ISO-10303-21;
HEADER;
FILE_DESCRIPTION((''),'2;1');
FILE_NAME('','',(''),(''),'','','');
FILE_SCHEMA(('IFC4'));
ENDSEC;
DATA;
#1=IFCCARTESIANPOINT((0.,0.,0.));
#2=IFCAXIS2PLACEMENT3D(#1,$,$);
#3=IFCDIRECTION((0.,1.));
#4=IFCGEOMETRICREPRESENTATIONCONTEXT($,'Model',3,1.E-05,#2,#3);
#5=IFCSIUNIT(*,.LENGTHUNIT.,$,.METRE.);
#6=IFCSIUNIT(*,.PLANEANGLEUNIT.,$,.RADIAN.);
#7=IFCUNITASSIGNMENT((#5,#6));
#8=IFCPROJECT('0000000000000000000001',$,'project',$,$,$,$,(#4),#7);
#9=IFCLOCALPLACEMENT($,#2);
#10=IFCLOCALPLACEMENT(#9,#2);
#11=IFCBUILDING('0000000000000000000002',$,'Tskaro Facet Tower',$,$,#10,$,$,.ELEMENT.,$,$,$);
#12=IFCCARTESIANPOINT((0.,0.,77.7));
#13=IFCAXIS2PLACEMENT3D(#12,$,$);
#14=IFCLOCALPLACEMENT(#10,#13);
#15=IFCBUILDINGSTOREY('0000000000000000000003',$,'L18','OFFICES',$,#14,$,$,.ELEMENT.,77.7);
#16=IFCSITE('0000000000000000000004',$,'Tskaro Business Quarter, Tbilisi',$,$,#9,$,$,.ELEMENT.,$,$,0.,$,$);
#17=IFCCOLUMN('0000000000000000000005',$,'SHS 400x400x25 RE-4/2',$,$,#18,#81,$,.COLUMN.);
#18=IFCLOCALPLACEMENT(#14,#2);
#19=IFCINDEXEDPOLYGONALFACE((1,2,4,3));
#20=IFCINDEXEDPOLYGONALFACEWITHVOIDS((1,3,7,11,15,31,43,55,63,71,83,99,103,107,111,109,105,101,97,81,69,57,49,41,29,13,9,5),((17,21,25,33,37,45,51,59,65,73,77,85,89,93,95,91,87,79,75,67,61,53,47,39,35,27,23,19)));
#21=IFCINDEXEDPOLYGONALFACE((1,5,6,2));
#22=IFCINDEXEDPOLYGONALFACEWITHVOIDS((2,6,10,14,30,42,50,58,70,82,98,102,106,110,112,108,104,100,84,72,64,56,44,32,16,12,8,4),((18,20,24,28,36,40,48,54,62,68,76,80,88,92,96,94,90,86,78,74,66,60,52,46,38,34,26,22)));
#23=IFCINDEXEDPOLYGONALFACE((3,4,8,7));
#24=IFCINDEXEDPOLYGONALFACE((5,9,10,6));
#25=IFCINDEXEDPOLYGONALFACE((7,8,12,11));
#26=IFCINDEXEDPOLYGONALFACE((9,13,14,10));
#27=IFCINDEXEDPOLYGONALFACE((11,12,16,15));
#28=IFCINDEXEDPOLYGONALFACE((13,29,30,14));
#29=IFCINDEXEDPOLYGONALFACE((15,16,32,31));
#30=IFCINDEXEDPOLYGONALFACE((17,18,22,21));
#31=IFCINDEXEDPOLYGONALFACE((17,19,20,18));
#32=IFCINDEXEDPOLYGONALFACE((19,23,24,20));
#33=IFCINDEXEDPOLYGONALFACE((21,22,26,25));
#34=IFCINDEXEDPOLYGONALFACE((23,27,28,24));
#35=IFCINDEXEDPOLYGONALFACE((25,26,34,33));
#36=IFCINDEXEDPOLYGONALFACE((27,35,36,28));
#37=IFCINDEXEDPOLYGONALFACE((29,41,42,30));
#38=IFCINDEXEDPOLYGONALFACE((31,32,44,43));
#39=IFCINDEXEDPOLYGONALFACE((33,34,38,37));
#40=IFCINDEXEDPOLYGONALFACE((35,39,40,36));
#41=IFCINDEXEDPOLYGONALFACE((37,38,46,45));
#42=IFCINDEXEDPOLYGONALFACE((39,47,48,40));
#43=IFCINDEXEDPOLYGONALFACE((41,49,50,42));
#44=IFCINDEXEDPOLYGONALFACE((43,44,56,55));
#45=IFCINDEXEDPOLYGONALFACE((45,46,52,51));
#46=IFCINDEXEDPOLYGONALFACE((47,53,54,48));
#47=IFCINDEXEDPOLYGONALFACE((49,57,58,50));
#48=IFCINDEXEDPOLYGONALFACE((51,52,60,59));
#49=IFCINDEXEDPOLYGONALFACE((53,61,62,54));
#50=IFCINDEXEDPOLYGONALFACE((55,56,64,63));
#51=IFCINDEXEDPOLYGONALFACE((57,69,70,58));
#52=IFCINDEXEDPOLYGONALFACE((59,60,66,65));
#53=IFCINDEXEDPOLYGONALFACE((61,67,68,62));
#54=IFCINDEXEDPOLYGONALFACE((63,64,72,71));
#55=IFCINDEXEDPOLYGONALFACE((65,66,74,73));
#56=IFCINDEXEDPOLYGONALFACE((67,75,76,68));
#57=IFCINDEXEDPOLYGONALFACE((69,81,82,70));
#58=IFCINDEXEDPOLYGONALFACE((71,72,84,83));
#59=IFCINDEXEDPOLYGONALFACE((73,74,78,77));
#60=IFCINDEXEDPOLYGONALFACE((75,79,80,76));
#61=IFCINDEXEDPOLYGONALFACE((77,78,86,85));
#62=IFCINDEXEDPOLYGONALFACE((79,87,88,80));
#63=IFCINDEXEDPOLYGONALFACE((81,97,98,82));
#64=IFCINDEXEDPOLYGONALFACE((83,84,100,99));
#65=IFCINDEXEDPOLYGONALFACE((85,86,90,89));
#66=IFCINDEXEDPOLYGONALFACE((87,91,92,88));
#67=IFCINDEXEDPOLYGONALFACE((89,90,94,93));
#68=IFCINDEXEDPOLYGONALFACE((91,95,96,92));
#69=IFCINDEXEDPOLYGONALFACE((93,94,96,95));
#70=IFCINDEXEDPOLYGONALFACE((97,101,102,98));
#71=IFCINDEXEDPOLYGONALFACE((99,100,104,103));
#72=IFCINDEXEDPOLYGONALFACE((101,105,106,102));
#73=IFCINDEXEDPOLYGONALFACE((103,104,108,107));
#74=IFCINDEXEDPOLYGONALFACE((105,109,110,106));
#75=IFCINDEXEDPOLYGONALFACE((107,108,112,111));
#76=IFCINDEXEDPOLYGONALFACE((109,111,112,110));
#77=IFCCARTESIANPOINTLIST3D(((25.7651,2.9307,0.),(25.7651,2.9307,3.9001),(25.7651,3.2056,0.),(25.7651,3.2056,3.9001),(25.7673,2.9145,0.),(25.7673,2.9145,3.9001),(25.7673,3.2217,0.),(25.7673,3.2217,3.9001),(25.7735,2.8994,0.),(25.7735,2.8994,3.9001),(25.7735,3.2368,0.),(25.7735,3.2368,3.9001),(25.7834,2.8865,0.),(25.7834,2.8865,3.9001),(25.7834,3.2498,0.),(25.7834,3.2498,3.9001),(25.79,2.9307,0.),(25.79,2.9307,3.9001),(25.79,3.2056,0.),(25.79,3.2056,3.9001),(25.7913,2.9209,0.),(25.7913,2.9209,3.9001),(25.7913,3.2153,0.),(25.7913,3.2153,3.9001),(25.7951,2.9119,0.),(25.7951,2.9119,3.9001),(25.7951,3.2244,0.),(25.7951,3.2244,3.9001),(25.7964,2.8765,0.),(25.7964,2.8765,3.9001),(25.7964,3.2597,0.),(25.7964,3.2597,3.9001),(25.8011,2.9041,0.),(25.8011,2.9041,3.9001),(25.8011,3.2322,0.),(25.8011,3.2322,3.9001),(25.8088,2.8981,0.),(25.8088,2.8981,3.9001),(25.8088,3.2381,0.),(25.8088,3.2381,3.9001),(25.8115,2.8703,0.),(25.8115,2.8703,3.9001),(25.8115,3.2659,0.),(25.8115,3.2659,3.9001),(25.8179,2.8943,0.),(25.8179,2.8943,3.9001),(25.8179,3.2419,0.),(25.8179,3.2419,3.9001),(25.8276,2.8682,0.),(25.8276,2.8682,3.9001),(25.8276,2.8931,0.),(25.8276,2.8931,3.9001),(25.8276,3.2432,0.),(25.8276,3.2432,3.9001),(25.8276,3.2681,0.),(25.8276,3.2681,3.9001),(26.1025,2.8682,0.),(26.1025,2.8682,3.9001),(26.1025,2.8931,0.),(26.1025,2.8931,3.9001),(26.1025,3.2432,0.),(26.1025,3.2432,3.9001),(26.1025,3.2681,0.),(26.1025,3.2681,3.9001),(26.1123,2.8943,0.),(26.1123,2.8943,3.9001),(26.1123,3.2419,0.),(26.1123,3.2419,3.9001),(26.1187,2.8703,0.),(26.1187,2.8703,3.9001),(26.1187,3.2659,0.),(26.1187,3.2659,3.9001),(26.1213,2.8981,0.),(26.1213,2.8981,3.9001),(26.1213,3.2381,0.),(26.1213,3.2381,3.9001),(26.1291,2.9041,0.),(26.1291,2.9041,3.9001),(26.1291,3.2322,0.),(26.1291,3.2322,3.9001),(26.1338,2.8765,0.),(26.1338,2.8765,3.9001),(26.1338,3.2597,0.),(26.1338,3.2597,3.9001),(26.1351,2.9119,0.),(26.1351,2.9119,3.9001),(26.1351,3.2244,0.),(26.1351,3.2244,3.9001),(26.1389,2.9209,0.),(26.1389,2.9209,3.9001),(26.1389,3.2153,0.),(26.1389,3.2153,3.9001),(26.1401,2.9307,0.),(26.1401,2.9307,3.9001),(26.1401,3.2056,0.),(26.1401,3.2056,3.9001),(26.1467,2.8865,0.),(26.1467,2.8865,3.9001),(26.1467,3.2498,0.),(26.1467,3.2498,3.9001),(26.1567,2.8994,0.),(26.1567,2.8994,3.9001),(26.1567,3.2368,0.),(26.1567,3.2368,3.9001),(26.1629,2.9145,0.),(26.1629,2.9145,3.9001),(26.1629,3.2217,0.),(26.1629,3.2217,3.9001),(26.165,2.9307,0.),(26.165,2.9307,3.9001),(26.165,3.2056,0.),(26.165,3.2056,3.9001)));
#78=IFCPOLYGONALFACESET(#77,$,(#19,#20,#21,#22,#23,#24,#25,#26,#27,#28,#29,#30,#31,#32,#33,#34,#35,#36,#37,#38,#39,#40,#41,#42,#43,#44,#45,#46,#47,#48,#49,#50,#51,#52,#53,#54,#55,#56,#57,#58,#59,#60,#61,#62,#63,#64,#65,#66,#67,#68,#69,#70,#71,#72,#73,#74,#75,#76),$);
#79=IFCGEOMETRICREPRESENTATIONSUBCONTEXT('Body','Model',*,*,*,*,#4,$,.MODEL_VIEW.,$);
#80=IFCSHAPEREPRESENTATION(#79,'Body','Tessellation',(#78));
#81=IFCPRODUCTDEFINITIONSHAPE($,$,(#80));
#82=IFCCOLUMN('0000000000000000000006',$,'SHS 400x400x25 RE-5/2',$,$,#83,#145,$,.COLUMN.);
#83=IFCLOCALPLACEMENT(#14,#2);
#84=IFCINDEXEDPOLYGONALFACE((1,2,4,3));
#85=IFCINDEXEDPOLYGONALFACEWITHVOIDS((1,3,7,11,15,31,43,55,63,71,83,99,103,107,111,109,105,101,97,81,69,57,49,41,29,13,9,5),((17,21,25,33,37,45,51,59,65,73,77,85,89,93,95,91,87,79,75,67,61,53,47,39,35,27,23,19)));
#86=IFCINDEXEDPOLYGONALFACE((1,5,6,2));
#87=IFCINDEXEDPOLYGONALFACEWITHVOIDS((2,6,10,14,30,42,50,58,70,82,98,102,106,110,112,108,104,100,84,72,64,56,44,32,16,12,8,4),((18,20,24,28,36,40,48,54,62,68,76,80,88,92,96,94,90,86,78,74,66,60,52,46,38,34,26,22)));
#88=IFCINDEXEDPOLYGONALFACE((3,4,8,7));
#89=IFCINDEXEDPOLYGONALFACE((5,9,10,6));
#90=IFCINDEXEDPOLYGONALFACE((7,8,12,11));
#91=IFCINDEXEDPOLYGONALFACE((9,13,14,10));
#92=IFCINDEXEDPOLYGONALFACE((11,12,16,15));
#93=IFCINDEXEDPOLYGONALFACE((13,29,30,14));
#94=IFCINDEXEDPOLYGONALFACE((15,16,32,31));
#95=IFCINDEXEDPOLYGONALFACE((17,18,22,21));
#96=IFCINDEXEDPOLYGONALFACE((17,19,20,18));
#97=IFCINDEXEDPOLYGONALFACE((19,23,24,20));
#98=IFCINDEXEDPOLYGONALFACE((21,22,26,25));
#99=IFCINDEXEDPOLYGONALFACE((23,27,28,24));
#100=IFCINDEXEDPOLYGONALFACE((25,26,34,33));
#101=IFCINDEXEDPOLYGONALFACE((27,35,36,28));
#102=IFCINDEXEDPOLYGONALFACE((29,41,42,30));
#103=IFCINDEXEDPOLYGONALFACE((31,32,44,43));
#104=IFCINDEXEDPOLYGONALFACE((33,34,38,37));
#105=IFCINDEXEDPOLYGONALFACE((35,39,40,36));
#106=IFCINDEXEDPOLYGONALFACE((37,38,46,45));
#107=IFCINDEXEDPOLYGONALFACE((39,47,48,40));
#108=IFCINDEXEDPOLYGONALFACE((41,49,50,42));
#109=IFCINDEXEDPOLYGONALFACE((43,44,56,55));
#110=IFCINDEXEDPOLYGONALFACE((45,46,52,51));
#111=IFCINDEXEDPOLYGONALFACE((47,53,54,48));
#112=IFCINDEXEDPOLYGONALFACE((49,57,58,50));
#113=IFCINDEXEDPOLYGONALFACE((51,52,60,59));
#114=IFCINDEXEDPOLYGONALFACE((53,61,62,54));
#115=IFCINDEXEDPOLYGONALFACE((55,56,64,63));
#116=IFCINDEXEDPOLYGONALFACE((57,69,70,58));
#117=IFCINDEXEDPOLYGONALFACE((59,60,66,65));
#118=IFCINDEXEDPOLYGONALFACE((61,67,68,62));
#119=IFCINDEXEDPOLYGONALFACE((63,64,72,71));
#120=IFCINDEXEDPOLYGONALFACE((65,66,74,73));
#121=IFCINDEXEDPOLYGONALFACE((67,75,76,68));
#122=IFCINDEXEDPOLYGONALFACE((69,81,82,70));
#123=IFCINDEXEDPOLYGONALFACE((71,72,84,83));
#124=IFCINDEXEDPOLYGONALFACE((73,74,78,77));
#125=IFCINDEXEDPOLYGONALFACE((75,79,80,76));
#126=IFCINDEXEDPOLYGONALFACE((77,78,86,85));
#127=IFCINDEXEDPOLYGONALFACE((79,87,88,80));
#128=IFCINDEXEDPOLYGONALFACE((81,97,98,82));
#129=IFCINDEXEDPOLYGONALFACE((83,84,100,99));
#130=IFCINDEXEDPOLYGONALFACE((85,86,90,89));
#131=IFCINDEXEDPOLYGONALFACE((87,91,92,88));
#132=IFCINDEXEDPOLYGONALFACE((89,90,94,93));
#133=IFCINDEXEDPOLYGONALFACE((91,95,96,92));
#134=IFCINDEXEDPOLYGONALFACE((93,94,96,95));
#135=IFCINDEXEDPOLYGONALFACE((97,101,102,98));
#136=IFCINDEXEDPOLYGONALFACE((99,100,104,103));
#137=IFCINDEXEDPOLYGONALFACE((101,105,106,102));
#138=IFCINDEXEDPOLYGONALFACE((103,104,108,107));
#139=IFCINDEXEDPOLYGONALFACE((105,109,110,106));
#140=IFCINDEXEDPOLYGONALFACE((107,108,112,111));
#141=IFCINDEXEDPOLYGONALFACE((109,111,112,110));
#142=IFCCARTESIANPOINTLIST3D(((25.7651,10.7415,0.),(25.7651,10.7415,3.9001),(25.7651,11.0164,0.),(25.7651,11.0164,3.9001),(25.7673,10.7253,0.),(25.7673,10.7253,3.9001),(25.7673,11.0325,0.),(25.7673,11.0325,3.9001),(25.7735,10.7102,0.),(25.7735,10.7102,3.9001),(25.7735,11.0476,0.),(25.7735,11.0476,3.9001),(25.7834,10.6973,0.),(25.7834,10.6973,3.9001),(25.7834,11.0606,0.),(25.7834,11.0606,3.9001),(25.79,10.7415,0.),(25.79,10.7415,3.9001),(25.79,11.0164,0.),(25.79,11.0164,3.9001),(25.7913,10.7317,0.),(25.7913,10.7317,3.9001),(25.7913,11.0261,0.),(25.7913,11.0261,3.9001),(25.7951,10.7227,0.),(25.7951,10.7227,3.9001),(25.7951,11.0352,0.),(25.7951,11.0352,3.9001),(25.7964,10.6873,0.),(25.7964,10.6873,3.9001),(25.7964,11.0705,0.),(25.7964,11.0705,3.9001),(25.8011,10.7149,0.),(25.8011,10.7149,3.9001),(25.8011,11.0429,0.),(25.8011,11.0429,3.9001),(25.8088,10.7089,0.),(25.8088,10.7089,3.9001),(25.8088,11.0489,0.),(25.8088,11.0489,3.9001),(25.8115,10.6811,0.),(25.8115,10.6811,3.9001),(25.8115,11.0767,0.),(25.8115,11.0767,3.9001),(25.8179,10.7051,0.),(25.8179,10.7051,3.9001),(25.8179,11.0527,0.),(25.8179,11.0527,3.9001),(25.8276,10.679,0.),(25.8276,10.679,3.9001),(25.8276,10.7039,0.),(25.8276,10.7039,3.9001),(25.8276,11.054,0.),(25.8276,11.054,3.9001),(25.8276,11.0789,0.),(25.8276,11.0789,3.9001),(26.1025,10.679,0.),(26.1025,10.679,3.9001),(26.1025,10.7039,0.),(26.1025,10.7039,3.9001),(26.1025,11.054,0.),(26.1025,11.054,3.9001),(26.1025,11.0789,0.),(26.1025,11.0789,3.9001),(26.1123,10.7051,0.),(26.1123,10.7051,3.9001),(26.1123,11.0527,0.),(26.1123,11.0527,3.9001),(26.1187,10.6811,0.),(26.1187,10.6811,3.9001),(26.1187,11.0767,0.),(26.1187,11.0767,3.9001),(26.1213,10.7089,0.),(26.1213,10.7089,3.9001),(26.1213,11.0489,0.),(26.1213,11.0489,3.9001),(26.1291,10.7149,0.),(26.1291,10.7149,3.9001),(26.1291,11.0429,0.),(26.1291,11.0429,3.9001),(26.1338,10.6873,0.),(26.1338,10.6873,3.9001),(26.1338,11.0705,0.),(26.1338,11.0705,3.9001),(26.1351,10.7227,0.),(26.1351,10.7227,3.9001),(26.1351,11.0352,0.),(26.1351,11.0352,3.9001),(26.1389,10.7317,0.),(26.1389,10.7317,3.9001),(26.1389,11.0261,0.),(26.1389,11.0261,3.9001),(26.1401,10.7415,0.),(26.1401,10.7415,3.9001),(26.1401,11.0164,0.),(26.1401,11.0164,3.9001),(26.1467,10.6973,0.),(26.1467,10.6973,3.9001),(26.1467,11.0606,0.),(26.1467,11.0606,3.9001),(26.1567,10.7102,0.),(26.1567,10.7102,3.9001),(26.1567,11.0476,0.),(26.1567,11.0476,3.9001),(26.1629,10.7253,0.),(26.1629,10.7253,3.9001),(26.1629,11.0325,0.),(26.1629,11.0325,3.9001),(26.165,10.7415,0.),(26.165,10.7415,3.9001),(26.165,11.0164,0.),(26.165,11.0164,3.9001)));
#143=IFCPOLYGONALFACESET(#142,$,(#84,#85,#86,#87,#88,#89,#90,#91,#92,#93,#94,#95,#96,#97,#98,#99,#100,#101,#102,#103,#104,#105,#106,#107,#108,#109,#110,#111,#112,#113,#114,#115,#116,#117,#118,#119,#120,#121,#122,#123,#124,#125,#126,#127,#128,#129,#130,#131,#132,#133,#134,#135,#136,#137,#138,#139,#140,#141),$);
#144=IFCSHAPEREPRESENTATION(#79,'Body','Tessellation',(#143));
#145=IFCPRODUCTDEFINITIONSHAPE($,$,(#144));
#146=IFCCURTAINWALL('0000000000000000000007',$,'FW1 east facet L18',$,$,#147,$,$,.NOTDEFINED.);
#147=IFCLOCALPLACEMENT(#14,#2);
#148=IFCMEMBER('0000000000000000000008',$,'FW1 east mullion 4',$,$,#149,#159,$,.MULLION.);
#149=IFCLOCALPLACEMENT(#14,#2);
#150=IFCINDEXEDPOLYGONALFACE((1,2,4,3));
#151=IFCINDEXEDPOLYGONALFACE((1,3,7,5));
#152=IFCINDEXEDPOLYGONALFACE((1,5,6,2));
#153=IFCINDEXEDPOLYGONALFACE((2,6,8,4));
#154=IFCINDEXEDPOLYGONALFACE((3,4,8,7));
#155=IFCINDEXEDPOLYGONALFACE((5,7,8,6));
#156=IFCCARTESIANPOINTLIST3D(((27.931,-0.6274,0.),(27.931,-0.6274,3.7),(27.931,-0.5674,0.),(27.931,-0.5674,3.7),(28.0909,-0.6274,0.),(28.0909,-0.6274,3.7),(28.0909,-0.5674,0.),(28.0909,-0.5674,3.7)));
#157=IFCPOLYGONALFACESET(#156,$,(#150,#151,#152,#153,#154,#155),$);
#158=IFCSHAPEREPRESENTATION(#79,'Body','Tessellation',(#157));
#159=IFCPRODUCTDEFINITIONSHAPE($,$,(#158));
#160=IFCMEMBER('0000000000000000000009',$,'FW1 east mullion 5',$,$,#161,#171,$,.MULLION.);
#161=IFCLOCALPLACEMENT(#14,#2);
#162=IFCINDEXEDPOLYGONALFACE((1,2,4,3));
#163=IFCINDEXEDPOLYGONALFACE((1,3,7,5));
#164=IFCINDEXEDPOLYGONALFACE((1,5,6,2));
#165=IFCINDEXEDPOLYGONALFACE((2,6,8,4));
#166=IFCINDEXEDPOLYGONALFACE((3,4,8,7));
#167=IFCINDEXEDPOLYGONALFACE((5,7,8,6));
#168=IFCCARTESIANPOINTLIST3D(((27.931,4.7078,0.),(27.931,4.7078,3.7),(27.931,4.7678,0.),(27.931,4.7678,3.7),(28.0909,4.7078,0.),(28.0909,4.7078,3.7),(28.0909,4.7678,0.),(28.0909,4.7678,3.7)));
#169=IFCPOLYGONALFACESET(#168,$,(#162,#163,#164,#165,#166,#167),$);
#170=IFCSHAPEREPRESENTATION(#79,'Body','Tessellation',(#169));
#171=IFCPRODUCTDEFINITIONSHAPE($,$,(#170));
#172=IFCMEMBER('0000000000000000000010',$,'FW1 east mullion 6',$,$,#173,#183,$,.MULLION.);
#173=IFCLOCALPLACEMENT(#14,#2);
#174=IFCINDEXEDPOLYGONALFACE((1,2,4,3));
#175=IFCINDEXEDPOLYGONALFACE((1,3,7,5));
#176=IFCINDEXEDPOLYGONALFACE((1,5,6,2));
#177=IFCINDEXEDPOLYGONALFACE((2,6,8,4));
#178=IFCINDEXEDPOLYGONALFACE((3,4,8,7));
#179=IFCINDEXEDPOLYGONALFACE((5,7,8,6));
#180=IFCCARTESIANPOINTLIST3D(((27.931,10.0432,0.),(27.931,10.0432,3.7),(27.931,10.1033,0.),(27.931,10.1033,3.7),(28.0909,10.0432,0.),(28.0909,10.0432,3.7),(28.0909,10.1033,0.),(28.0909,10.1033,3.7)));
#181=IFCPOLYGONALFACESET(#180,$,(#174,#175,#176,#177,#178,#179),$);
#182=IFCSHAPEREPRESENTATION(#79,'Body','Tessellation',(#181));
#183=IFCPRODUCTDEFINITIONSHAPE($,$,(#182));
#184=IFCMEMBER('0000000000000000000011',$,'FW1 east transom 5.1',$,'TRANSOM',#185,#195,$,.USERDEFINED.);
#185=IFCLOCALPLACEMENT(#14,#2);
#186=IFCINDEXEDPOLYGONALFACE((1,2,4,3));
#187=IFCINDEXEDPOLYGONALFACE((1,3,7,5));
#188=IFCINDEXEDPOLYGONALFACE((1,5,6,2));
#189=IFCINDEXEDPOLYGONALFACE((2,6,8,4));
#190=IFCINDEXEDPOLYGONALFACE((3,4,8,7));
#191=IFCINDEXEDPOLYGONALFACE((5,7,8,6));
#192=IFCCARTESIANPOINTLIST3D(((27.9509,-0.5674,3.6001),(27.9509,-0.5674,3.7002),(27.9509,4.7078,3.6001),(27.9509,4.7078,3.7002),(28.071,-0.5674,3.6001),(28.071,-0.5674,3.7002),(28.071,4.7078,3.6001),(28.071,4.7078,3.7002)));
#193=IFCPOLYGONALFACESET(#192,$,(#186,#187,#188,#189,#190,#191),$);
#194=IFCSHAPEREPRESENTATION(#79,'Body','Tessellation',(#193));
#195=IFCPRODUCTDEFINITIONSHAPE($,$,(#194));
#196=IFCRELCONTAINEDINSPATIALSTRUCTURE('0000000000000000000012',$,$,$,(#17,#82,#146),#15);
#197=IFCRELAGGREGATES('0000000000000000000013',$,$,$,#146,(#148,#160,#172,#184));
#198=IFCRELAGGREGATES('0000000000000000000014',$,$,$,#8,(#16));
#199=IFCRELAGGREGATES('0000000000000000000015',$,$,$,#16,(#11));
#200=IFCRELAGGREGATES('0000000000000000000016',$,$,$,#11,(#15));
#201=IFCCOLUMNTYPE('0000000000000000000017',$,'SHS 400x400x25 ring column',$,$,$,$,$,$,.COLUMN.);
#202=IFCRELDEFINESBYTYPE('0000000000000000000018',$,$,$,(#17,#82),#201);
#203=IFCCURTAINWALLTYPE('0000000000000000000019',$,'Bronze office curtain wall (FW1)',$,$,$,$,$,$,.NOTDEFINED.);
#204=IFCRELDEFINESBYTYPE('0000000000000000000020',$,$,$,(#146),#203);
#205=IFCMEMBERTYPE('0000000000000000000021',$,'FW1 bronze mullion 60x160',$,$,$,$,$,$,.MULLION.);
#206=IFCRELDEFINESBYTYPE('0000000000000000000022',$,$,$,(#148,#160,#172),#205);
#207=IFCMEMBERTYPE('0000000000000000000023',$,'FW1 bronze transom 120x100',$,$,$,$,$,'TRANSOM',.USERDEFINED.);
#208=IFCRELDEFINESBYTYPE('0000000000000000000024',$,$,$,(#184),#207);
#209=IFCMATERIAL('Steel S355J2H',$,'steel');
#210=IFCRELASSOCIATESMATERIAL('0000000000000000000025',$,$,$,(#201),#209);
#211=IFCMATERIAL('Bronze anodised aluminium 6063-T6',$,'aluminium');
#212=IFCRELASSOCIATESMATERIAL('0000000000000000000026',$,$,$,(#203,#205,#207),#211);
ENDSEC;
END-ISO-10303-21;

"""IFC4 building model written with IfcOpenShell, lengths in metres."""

from ifc_helpers import new_model, si_unit, direction, frame, origin, origin_2d, place, context, subcontext, project, spatial, rectangle, hollow_rectangle, extrude, material, material_profile, profile_set, type_object, element, aggregate, save


model = new_model("IFC4")

# Units and contexts
model_context = context("Model", 3, precision=1e-05, world=origin(), true_north=direction((0.0, 1.0)))
body_context = subcontext(model_context, "Body", "Model", "MODEL_VIEW")
ifc_project = project(units=[si_unit("LENGTHUNIT", "METRE"), si_unit("PLANEANGLEUNIT", "RADIAN")], contexts=[model_context])

# Site, building, storey
site_placement = place(None, origin())
site = spatial("IfcSite", under=ifc_project, at=site_placement, Name="Tskaro Business Quarter, Tbilisi", CompositionType="ELEMENT", RefElevation=0.0)
building_placement = place(site_placement, origin())
building = spatial("IfcBuilding", under=site, at=building_placement, Name="Tskaro Facet Tower", CompositionType="ELEMENT")
storey_placement = place(building_placement, frame((0.0, 0.0, 77.7)))
storey = spatial("IfcBuildingStorey", under=building, at=storey_placement, Name="L18", Description="OFFICES", CompositionType="ELEMENT", Elevation=77.7)

# Columns
ifc_material_1 = material(Name="Steel S355J2H", Category="steel")
ifc_material_profile_1 = material_profile(ifc_material_1, hollow_rectangle(XDim=0.3999, YDim=0.3999, WallThickness=0.0249, InnerFilletRadius=0.0376, OuterFilletRadius=0.0625, at=origin_2d()), Name="SHS 400x400x25")
ifc_profile_set_1 = profile_set([ifc_material_profile_1], Name="Steel S355J2H")
column_type_1 = type_object("IfcColumnType", Name="SHS 400x400x25 ring column", PredefinedType="COLUMN", material=ifc_profile_set_1)
for number, where, z_axis, x_axis, name in (
    (1, (25.9651, 3.0681, 0.0), (0.0, 0.0, 1.0), (1.0, 0.0, 0.0), "SHS 400x400x25 RE-4/2"),
    (2, (25.9651, 10.8789, 0.0), (0.0, 0.0, 1.0), (1.0, 0.0, 0.0), "SHS 400x400x25 RE-5/2"),
):
    element("IfcColumn", number, at=place(storey_placement, frame(where, z_axis=z_axis, x_axis=x_axis)), inside=storey, type_object=column_type_1, Name=name, PredefinedType="COLUMN", context=body_context, shape_type="SweptSolid", body=[
        extrude(hollow_rectangle(XDim=0.3999, YDim=0.3999, WallThickness=0.0249, InnerFilletRadius=0.0376, OuterFilletRadius=0.0625, at=origin_2d()), origin(), (0.0, 0.0, 1.0), 3.9001),
    ])

# Curtain wall, members
ifc_material_2 = material(Name="Bronze anodised aluminium 6063-T6", Category="aluminium")
curtain_wall_type = type_object("IfcCurtainWallType", Name="Bronze office curtain wall (FW1)", PredefinedType="NOTDEFINED", material=ifc_material_2)
curtain_wall_placement = place(storey_placement, origin())
curtain_wall = element("IfcCurtainWall", 3, at=curtain_wall_placement, inside=storey, type_object=curtain_wall_type, Name="FW1 east facet L18", PredefinedType="NOTDEFINED")
ifc_material_profile_2 = material_profile(ifc_material_2, rectangle(XDim=0.0601, YDim=0.1599, at=origin_2d()), Name="Mullion 60x160")
ifc_profile_set_2 = profile_set([ifc_material_profile_2], Name="Bronze anodised aluminium 6063-T6")
member_type_1 = type_object("IfcMemberType", Name="FW1 bronze mullion 60x160", PredefinedType="MULLION", material=ifc_profile_set_2)
member_1_placement = place(storey_placement, frame((28.011, -0.5974, 0.0), z_axis=(0.0, 0.0, 1.0), x_axis=(0.0, 1.0, 0.0)))
member_1 = element("IfcMember", 4, at=member_1_placement, type_object=member_type_1, Name="FW1 east mullion 4", PredefinedType="MULLION", context=body_context, shape_type="SweptSolid", body=[
    extrude(rectangle(XDim=0.0601, YDim=0.1599, at=origin_2d()), origin(), (0.0, 0.0, 1.0), 3.7),
])
member_2_placement = place(storey_placement, frame((28.011, 4.7378, 0.0), z_axis=(0.0, 0.0, 1.0), x_axis=(0.0, 1.0, 0.0)))
member_2 = element("IfcMember", 5, at=member_2_placement, type_object=member_type_1, Name="FW1 east mullion 5", PredefinedType="MULLION", context=body_context, shape_type="SweptSolid", body=[
    extrude(rectangle(XDim=0.0601, YDim=0.1599, at=origin_2d()), origin(), (0.0, 0.0, 1.0), 3.7),
])
member_3_placement = place(storey_placement, frame((28.011, 10.0732, 0.0), z_axis=(0.0, 0.0, 1.0), x_axis=(0.0, 1.0, 0.0)))
member_3 = element("IfcMember", 6, at=member_3_placement, type_object=member_type_1, Name="FW1 east mullion 6", PredefinedType="MULLION", context=body_context, shape_type="SweptSolid", body=[
    extrude(rectangle(XDim=0.0601, YDim=0.1599, at=origin_2d()), origin(), (0.0, 0.0, 1.0), 3.7),
])
ifc_material_profile_3 = material_profile(ifc_material_2, rectangle(XDim=0.1201, YDim=0.1001, at=origin_2d()), Name="Transom 120x100")
ifc_profile_set_3 = profile_set([ifc_material_profile_3], Name="Bronze anodised aluminium 6063-T6")
member_type_2 = type_object("IfcMemberType", Name="FW1 bronze transom 120x100", ElementType="TRANSOM", PredefinedType="USERDEFINED", material=ifc_profile_set_3)
member_4_placement = place(storey_placement, frame((28.011, -0.5674, 3.6501), z_axis=(0.0, 1.0, 0.0), x_axis=(-1.0, 0.0, 0.0)))
member_4 = element("IfcMember", 7, at=member_4_placement, type_object=member_type_2, Name="FW1 east transom 5.1", ObjectType="TRANSOM", PredefinedType="USERDEFINED", context=body_context, shape_type="SweptSolid", body=[
    extrude(rectangle(XDim=0.1201, YDim=0.1001, at=origin_2d()), origin(), (0.0, 0.0, 1.0), 5.2751),
])

aggregate(curtain_wall, [member_1, member_2, member_3, member_4])

save(model, "model.ifc")
